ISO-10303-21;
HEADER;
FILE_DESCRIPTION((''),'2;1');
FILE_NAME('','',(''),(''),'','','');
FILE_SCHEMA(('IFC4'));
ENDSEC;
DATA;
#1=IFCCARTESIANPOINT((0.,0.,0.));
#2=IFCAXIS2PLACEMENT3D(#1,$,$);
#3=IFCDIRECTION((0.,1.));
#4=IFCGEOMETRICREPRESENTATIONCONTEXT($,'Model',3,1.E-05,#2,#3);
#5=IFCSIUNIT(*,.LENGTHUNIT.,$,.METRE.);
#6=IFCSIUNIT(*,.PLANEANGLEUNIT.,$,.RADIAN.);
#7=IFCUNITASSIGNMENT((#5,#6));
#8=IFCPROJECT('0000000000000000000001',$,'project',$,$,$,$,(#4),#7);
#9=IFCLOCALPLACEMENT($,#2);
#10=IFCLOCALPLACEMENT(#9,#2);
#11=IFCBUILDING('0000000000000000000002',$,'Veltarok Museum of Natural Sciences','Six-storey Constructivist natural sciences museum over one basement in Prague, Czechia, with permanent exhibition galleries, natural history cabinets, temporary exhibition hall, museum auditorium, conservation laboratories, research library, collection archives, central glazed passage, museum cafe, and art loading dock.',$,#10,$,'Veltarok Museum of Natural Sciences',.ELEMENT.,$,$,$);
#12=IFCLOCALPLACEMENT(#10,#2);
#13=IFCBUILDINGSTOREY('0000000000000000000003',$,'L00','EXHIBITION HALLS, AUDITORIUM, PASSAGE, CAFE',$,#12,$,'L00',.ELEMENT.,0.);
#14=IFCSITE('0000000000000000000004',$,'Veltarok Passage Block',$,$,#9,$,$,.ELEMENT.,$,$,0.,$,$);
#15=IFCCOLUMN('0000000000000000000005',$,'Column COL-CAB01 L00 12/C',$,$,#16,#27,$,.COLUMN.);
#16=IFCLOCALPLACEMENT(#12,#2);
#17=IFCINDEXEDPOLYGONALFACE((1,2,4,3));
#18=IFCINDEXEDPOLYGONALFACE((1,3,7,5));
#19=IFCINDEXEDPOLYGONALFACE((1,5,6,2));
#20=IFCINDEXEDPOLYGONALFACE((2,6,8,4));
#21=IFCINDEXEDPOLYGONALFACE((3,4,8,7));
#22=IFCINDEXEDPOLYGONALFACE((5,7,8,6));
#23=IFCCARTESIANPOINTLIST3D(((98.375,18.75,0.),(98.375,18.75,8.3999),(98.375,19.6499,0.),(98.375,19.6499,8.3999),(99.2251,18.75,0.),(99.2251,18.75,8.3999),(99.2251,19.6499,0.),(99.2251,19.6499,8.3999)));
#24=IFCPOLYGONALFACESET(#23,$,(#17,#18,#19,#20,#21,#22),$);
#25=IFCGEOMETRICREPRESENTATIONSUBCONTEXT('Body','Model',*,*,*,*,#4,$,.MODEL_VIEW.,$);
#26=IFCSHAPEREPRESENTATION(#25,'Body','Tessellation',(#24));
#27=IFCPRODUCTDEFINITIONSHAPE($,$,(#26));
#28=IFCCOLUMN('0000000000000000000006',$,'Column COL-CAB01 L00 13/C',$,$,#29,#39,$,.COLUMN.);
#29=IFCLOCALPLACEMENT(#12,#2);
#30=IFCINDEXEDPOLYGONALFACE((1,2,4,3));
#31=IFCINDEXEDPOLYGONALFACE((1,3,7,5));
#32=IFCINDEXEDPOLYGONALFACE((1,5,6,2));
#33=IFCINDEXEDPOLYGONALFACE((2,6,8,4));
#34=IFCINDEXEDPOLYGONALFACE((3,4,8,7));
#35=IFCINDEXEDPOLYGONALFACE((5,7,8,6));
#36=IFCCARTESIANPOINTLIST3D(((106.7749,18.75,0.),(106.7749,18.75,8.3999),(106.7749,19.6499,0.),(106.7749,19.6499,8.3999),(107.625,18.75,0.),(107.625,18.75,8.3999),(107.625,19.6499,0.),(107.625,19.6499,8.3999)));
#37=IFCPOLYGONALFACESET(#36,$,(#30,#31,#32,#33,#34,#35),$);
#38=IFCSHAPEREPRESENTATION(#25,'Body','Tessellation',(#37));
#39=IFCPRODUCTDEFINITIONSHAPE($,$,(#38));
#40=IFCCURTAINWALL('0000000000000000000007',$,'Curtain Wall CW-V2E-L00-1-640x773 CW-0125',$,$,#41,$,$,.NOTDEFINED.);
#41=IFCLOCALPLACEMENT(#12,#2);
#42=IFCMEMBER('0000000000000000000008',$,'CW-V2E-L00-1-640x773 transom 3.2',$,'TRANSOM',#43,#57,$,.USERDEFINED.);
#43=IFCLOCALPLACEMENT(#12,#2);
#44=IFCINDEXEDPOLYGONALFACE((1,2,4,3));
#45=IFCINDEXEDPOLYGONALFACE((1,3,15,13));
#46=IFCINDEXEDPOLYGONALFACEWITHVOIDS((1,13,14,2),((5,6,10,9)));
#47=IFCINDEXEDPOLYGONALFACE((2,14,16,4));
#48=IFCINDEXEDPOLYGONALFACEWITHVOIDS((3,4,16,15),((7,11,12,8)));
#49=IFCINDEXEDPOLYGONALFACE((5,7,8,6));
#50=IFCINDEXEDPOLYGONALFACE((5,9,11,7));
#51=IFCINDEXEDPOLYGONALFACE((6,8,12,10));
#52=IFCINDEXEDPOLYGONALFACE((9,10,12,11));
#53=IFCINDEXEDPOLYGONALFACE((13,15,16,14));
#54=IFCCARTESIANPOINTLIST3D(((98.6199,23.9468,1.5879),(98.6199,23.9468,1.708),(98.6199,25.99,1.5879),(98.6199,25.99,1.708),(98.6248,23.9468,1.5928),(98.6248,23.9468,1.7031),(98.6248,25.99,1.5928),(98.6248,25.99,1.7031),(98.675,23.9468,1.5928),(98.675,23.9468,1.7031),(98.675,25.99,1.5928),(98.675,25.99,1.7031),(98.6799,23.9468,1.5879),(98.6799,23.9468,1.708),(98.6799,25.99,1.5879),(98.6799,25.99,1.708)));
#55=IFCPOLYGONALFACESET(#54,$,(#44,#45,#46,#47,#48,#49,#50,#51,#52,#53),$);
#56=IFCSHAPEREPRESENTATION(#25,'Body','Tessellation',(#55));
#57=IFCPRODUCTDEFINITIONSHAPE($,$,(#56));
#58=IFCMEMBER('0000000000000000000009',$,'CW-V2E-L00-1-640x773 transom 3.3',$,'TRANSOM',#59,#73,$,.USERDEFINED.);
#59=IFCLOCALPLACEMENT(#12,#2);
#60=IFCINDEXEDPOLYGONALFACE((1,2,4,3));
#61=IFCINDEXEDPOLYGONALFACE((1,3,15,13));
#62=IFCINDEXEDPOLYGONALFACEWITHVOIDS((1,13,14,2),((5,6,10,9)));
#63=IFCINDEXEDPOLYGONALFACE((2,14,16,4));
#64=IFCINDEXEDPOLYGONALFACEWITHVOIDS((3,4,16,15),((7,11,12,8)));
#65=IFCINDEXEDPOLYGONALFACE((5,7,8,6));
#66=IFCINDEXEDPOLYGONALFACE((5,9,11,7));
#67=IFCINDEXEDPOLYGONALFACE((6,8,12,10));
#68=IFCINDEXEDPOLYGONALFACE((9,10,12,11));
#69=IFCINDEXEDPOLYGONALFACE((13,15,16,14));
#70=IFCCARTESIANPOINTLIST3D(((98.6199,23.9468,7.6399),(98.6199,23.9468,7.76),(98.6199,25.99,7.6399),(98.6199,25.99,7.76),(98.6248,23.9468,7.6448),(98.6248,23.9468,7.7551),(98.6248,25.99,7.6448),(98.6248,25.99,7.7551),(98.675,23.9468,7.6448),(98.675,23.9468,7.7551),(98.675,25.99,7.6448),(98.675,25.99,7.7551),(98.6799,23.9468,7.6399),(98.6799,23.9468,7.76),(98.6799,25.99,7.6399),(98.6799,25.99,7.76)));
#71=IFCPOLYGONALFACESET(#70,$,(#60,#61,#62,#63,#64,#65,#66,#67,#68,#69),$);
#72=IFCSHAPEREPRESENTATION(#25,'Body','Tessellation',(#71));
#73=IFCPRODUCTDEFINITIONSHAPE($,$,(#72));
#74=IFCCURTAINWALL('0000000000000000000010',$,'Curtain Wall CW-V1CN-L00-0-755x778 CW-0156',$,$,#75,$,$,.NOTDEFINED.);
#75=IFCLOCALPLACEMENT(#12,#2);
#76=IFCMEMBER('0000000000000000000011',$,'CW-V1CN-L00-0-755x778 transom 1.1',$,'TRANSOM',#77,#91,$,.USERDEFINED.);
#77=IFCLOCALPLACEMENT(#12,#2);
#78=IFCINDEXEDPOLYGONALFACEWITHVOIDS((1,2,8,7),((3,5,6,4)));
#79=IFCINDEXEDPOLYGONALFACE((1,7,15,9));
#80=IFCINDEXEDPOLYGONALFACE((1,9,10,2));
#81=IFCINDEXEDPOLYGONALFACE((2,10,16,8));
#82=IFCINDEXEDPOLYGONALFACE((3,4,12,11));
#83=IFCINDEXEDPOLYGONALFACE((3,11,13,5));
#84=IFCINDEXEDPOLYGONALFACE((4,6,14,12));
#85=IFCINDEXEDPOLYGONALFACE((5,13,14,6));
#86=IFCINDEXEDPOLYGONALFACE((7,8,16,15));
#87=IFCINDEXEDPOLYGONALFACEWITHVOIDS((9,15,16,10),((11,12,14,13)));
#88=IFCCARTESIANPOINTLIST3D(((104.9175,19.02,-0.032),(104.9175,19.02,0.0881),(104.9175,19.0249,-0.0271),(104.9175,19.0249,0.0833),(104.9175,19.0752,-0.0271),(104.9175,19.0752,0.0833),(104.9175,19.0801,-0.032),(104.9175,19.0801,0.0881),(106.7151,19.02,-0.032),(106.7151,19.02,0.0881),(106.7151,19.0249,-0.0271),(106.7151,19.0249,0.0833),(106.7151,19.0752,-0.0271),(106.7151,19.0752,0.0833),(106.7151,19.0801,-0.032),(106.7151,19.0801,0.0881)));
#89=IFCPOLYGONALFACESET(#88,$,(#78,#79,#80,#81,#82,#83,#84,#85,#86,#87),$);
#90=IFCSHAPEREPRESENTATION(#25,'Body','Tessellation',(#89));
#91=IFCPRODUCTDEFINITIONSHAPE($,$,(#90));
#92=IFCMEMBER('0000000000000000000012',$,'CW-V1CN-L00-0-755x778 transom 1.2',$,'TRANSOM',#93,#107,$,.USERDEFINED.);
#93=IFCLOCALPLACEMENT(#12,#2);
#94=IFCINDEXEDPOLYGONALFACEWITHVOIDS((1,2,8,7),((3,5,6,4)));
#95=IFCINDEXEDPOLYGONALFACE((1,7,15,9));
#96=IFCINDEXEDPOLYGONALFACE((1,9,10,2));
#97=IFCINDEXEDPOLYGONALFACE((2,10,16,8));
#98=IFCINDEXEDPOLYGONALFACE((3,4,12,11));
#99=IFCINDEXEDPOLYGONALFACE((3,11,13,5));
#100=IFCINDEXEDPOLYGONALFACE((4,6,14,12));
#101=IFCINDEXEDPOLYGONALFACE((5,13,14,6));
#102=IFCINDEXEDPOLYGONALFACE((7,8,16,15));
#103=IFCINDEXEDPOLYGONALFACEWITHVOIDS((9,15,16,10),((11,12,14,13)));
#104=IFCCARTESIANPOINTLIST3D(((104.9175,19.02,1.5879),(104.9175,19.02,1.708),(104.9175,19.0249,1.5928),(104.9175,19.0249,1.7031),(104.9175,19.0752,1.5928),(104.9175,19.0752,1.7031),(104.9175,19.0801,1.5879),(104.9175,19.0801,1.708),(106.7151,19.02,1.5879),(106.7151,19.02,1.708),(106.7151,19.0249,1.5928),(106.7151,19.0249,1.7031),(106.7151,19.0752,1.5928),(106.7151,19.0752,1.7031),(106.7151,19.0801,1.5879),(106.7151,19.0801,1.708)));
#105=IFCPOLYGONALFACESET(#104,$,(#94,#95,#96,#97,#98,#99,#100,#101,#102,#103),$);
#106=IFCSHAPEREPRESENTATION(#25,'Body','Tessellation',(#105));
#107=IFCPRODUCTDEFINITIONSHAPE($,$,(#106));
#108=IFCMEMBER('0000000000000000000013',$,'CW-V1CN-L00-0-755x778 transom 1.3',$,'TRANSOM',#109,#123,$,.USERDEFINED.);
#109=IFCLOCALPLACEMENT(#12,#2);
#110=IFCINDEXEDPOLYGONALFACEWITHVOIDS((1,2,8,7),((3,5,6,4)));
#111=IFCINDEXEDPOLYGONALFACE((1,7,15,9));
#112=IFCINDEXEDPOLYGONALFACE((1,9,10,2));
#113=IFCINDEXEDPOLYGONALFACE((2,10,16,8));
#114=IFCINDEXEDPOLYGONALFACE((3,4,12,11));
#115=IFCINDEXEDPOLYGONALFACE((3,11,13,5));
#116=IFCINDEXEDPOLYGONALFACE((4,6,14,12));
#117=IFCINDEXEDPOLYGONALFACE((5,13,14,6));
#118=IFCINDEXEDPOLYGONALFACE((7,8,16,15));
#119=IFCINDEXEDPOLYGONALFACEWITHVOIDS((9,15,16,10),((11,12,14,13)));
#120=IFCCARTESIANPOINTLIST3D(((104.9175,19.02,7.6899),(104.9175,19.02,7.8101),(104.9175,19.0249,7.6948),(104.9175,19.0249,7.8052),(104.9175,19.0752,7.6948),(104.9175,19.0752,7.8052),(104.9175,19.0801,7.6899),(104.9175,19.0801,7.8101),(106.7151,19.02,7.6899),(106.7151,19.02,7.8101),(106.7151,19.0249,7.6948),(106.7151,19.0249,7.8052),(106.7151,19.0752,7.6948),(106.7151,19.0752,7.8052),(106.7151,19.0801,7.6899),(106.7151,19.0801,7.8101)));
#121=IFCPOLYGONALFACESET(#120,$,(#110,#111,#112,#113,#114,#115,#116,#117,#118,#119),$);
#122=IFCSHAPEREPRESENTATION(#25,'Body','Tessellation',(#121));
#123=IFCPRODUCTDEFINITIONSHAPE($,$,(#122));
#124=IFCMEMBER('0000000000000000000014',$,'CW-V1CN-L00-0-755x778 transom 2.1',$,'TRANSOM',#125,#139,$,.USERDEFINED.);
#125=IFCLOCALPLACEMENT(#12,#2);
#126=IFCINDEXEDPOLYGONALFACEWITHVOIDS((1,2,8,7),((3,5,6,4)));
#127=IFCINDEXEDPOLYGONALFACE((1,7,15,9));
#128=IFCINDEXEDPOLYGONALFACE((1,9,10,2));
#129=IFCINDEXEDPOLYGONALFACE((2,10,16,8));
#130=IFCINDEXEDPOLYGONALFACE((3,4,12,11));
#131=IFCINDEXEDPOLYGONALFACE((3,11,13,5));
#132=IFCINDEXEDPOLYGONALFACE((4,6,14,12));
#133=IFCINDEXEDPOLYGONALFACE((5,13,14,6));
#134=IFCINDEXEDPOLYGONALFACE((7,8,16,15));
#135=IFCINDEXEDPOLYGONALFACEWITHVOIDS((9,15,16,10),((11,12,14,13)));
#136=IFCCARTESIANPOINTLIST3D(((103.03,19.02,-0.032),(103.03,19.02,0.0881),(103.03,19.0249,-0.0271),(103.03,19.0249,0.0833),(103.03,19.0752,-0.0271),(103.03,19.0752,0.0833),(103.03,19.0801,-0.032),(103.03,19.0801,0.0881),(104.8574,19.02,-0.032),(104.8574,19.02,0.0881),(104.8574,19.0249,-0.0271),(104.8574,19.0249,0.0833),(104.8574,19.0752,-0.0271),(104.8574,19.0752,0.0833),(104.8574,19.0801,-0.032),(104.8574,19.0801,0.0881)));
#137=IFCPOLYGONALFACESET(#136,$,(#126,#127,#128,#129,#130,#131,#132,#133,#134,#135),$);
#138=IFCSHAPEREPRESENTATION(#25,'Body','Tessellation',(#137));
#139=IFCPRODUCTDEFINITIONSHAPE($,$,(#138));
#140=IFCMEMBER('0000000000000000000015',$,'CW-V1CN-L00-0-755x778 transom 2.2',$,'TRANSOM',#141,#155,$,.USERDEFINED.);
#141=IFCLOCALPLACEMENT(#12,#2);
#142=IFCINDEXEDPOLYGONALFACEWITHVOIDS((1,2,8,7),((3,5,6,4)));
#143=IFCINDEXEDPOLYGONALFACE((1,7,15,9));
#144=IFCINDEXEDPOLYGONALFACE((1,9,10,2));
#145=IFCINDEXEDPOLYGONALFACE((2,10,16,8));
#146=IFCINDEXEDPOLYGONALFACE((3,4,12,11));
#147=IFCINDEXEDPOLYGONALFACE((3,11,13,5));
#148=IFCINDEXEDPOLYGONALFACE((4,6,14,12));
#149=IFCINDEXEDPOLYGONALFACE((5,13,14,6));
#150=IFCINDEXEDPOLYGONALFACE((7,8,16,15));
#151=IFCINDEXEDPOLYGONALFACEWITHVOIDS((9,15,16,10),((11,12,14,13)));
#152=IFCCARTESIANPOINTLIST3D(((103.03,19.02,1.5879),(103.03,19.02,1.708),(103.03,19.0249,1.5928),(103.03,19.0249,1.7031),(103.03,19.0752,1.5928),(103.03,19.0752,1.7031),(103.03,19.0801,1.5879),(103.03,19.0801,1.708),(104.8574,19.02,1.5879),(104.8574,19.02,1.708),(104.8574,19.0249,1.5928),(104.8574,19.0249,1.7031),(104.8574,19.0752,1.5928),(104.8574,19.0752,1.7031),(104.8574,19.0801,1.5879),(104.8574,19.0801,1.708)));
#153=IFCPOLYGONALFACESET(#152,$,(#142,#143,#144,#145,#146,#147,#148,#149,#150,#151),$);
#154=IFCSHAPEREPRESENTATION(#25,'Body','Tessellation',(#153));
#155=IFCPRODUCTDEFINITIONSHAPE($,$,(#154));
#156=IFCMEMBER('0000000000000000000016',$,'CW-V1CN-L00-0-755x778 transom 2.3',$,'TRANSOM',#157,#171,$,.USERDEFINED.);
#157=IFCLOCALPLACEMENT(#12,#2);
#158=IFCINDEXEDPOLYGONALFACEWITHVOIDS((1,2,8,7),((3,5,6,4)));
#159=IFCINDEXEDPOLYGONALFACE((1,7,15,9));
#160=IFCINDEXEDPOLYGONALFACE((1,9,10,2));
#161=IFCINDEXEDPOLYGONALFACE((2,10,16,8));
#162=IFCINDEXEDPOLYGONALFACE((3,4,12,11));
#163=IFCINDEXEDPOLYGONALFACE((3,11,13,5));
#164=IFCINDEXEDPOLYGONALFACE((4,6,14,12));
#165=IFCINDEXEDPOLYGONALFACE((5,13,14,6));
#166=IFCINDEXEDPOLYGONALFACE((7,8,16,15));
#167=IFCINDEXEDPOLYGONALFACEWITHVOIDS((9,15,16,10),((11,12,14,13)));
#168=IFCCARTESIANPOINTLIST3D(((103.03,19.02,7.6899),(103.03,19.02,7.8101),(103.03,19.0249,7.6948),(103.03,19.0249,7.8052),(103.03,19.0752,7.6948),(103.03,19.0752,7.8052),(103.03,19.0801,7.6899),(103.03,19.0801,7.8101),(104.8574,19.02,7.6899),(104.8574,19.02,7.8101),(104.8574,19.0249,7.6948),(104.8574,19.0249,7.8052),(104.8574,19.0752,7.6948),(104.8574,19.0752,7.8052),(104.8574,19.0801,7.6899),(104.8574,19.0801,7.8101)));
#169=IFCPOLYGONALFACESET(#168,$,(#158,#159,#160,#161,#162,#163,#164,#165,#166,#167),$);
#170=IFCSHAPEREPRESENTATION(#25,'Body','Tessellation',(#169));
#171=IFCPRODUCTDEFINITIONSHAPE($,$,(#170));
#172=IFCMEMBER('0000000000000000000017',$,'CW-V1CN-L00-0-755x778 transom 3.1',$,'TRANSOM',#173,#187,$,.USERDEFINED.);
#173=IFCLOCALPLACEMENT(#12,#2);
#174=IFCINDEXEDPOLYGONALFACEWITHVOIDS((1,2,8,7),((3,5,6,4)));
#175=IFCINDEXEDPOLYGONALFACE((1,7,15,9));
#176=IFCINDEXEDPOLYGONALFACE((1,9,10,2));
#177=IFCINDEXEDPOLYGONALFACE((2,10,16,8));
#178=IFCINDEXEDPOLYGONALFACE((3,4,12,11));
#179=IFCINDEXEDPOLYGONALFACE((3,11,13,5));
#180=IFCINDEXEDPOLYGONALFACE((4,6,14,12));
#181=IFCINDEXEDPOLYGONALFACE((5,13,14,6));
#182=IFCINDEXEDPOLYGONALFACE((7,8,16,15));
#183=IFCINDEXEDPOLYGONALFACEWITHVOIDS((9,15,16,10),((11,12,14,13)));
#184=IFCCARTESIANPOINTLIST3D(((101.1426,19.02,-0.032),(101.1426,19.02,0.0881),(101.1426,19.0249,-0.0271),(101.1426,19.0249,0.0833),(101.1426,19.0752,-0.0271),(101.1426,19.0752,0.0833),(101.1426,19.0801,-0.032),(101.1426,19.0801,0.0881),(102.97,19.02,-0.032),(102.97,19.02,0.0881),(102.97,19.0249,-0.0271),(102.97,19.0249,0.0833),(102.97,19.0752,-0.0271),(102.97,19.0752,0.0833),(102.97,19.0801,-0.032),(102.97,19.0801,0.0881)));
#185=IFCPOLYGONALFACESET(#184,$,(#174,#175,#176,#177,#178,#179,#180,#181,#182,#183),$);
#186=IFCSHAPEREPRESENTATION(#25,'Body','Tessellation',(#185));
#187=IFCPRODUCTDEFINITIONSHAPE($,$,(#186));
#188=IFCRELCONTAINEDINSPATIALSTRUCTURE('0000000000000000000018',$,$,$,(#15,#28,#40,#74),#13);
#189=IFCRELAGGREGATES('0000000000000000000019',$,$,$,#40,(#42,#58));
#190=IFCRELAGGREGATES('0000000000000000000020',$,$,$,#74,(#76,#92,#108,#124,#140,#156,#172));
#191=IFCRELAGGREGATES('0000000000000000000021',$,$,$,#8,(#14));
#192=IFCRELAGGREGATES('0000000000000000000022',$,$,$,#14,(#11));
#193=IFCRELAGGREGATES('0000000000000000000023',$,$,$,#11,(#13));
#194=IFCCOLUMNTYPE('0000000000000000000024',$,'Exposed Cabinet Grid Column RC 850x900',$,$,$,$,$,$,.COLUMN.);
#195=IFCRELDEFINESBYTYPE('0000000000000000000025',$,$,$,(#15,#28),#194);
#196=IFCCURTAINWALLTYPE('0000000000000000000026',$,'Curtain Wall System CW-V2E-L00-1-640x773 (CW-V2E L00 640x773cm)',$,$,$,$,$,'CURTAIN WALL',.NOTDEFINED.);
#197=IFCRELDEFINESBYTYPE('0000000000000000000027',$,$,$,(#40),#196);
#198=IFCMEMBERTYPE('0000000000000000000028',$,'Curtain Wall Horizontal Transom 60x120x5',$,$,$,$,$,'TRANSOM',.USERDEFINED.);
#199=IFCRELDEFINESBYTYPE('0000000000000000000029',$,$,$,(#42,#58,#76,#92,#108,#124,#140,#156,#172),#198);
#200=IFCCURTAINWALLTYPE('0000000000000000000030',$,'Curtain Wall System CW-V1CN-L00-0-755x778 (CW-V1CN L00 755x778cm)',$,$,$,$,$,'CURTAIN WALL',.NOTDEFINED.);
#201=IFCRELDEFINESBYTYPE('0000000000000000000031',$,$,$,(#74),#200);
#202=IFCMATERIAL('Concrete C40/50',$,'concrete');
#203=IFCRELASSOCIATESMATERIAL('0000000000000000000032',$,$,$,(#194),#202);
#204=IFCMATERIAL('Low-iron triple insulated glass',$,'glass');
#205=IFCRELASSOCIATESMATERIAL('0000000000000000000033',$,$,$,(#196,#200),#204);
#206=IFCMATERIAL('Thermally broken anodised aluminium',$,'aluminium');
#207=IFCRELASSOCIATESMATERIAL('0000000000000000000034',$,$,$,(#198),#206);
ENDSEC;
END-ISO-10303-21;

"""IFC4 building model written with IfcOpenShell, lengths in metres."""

from ifc_helpers import new_model, si_unit, direction, frame, origin, origin_2d, place, context, subcontext, project, spatial, rectangle, hollow_rectangle, extrude, material, material_profile, profile_set, type_object, element, aggregate, save


model = new_model("IFC4")

# Units and contexts
model_context = context("Model", 3, precision=1e-05, world=origin(), true_north=direction((0.0, 1.0)))
body_context = subcontext(model_context, "Body", "Model", "MODEL_VIEW")
ifc_project = project(units=[si_unit("LENGTHUNIT", "METRE"), si_unit("PLANEANGLEUNIT", "RADIAN")], contexts=[model_context])

# Site, building, storey
site_placement = place(None, origin())
site = spatial("IfcSite", under=ifc_project, at=site_placement, Name="Veltarok Passage Block", CompositionType="ELEMENT", RefElevation=0.0)
building_placement = place(site_placement, origin())
building = spatial("IfcBuilding", under=site, at=building_placement, Name="Veltarok Museum of Natural Sciences", Description="Six-storey Constructivist natural sciences museum over one basement in Prague, Czechia, with permanent exhibition galleries, natural history cabinets, temporary exhibition hall, museum auditorium, conservation laboratories, research library, collection archives, central glazed passage, museum cafe, and art loading dock.", LongName="Veltarok Museum of Natural Sciences", CompositionType="ELEMENT")
storey_placement = place(building_placement, origin())
storey = spatial("IfcBuildingStorey", under=building, at=storey_placement, Name="L00", Description="EXHIBITION HALLS, AUDITORIUM, PASSAGE, CAFE", LongName="L00", CompositionType="ELEMENT", Elevation=0.0)

# Columns
ifc_material_1 = material(Name="Concrete C40/50", Category="concrete")
ifc_material_profile_1 = material_profile(ifc_material_1, rectangle(XDim=0.8501, YDim=0.8999, at=origin_2d()), Name="RC 850x900")
ifc_profile_set_1 = profile_set([ifc_material_profile_1], Name="Concrete C40/50")
column_type = type_object("IfcColumnType", Name="Exposed Cabinet Grid Column RC 850x900", PredefinedType="COLUMN", material=ifc_profile_set_1)
for number, where, z_axis, x_axis, name in (
    (1, (98.8, 19.2, 0.0), (0.0, 0.0, 1.0), (1.0, 0.0, 0.0), "Column COL-CAB01 L00 12/C"),
    (2, (107.2, 19.2, 0.0), (0.0, 0.0, 1.0), (1.0, 0.0, 0.0), "Column COL-CAB01 L00 13/C"),
):
    element("IfcColumn", number, at=place(storey_placement, frame(where, z_axis=z_axis, x_axis=x_axis)), inside=storey, type_object=column_type, Name=name, PredefinedType="COLUMN", context=body_context, shape_type="SweptSolid", body=[
        extrude(rectangle(XDim=0.8501, YDim=0.8999, at=origin_2d()), origin(), (0.0, 0.0, 1.0), 8.3999),
    ])

# Curtain walls, members
ifc_material_2 = material(Name="Low-iron triple insulated glass", Category="glass")
curtain_wall_type_1 = type_object("IfcCurtainWallType", Name="Curtain Wall System CW-V2E-L00-1-640x773 (CW-V2E L00 640x773cm)", ElementType="CURTAIN WALL", PredefinedType="NOTDEFINED", material=ifc_material_2)
curtain_wall_1_placement = place(storey_placement, origin())
curtain_wall_1 = element("IfcCurtainWall", 3, at=curtain_wall_1_placement, inside=storey, type_object=curtain_wall_type_1, Name="Curtain Wall CW-V2E-L00-1-640x773 CW-0125", PredefinedType="NOTDEFINED")
ifc_material_3 = material(Name="Thermally broken anodised aluminium", Category="aluminium")
ifc_material_profile_2 = material_profile(ifc_material_3, hollow_rectangle(XDim=0.0601, YDim=0.1201, WallThickness=0.0049, at=origin_2d()), Name="CW TRANSOM 60x120x5")
ifc_profile_set_2 = profile_set([ifc_material_profile_2], Name="Thermally broken anodised aluminium")
member_type_1 = type_object("IfcMemberType", Name="Curtain Wall Horizontal Transom 60x120x5", ElementType="TRANSOM", PredefinedType="USERDEFINED", material=ifc_profile_set_2)
member_1_placement = place(storey_placement, frame((98.6499, 23.9468, 1.6479), z_axis=(0.0, 1.0, 0.0), x_axis=(-1.0, 0.0, 0.0)))
member_1 = element("IfcMember", 4, at=member_1_placement, type_object=member_type_1, Name="CW-V2E-L00-1-640x773 transom 3.2", ObjectType="TRANSOM", PredefinedType="USERDEFINED", context=body_context, shape_type="SweptSolid", body=[
    extrude(hollow_rectangle(XDim=0.0601, YDim=0.1201, WallThickness=0.0049, at=origin_2d()), origin(), (0.0, 0.0, 1.0), 2.0432),
])
member_2_placement = place(storey_placement, frame((98.6499, 23.9468, 7.7), z_axis=(0.0, 1.0, 0.0), x_axis=(-1.0, 0.0, 0.0)))
member_2 = element("IfcMember", 5, at=member_2_placement, type_object=member_type_1, Name="CW-V2E-L00-1-640x773 transom 3.3", ObjectType="TRANSOM", PredefinedType="USERDEFINED", context=body_context, shape_type="SweptSolid", body=[
    extrude(hollow_rectangle(XDim=0.0601, YDim=0.1201, WallThickness=0.0049, at=origin_2d()), origin(), (0.0, 0.0, 1.0), 2.0432),
])
curtain_wall_type_2 = type_object("IfcCurtainWallType", Name="Curtain Wall System CW-V1CN-L00-0-755x778 (CW-V1CN L00 755x778cm)", ElementType="CURTAIN WALL", PredefinedType="NOTDEFINED", material=ifc_material_2)
curtain_wall_2_placement = place(storey_placement, origin())
curtain_wall_2 = element("IfcCurtainWall", 6, at=curtain_wall_2_placement, inside=storey, type_object=curtain_wall_type_2, Name="Curtain Wall CW-V1CN-L00-0-755x778 CW-0156", PredefinedType="NOTDEFINED")
member_3_placement = place(storey_placement, frame((106.7151, 19.05, 0.0281), z_axis=(-1.0, 0.0, 0.0), x_axis=(0.0, -1.0, 0.0)))
member_3 = element("IfcMember", 7, at=member_3_placement, type_object=member_type_1, Name="CW-V1CN-L00-0-755x778 transom 1.1", ObjectType="TRANSOM", PredefinedType="USERDEFINED", context=body_context, shape_type="SweptSolid", body=[
    extrude(hollow_rectangle(XDim=0.0601, YDim=0.1201, WallThickness=0.0049, at=origin_2d()), origin(), (0.0, 0.0, 1.0), 1.7976),
])
member_4_placement = place(storey_placement, frame((106.7151, 19.05, 1.6479), z_axis=(-1.0, 0.0, 0.0), x_axis=(0.0, -1.0, 0.0)))
member_4 = element("IfcMember", 8, at=member_4_placement, type_object=member_type_1, Name="CW-V1CN-L00-0-755x778 transom 1.2", ObjectType="TRANSOM", PredefinedType="USERDEFINED", context=body_context, shape_type="SweptSolid", body=[
    extrude(hollow_rectangle(XDim=0.0601, YDim=0.1201, WallThickness=0.0049, at=origin_2d()), origin(), (0.0, 0.0, 1.0), 1.7976),
])
member_5_placement = place(storey_placement, frame((106.7151, 19.05, 7.75), z_axis=(-1.0, 0.0, 0.0), x_axis=(0.0, -1.0, 0.0)))
member_5 = element("IfcMember", 9, at=member_5_placement, type_object=member_type_1, Name="CW-V1CN-L00-0-755x778 transom 1.3", ObjectType="TRANSOM", PredefinedType="USERDEFINED", context=body_context, shape_type="SweptSolid", body=[
    extrude(hollow_rectangle(XDim=0.0601, YDim=0.1201, WallThickness=0.0049, at=origin_2d()), origin(), (0.0, 0.0, 1.0), 1.7976),
])
member_6_placement = place(storey_placement, frame((104.8574, 19.05, 0.0281), z_axis=(-1.0, 0.0, 0.0), x_axis=(0.0, -1.0, 0.0)))
member_6 = element("IfcMember", 10, at=member_6_placement, type_object=member_type_1, Name="CW-V1CN-L00-0-755x778 transom 2.1", ObjectType="TRANSOM", PredefinedType="USERDEFINED", context=body_context, shape_type="SweptSolid", body=[
    extrude(hollow_rectangle(XDim=0.0601, YDim=0.1201, WallThickness=0.0049, at=origin_2d()), origin(), (0.0, 0.0, 1.0), 1.8274),
])
member_7_placement = place(storey_placement, frame((104.8574, 19.05, 1.6479), z_axis=(-1.0, 0.0, 0.0), x_axis=(0.0, -1.0, 0.0)))
member_7 = element("IfcMember", 11, at=member_7_placement, type_object=member_type_1, Name="CW-V1CN-L00-0-755x778 transom 2.2", ObjectType="TRANSOM", PredefinedType="USERDEFINED", context=body_context, shape_type="SweptSolid", body=[
    extrude(hollow_rectangle(XDim=0.0601, YDim=0.1201, WallThickness=0.0049, at=origin_2d()), origin(), (0.0, 0.0, 1.0), 1.8274),
])
member_8_placement = place(storey_placement, frame((104.8574, 19.05, 7.75), z_axis=(-1.0, 0.0, 0.0), x_axis=(0.0, -1.0, 0.0)))
member_8 = element("IfcMember", 12, at=member_8_placement, type_object=member_type_1, Name="CW-V1CN-L00-0-755x778 transom 2.3", ObjectType="TRANSOM", PredefinedType="USERDEFINED", context=body_context, shape_type="SweptSolid", body=[
    extrude(hollow_rectangle(XDim=0.0601, YDim=0.1201, WallThickness=0.0049, at=origin_2d()), origin(), (0.0, 0.0, 1.0), 1.8274),
])
member_9_placement = place(storey_placement, frame((102.97, 19.05, 0.0281), z_axis=(-1.0, 0.0, 0.0), x_axis=(0.0, -1.0, 0.0)))
member_9 = element("IfcMember", 13, at=member_9_placement, type_object=member_type_1, Name="CW-V1CN-L00-0-755x778 transom 3.1", ObjectType="TRANSOM", PredefinedType="USERDEFINED", context=body_context, shape_type="SweptSolid", body=[
    extrude(hollow_rectangle(XDim=0.0601, YDim=0.1201, WallThickness=0.0049, at=origin_2d()), origin(), (0.0, 0.0, 1.0), 1.8274),
])

aggregate(curtain_wall_1, [member_1, member_2])
aggregate(curtain_wall_2, [member_3, member_4, member_5, member_6, member_7, member_8, member_9])

save(model, "model.ifc")
